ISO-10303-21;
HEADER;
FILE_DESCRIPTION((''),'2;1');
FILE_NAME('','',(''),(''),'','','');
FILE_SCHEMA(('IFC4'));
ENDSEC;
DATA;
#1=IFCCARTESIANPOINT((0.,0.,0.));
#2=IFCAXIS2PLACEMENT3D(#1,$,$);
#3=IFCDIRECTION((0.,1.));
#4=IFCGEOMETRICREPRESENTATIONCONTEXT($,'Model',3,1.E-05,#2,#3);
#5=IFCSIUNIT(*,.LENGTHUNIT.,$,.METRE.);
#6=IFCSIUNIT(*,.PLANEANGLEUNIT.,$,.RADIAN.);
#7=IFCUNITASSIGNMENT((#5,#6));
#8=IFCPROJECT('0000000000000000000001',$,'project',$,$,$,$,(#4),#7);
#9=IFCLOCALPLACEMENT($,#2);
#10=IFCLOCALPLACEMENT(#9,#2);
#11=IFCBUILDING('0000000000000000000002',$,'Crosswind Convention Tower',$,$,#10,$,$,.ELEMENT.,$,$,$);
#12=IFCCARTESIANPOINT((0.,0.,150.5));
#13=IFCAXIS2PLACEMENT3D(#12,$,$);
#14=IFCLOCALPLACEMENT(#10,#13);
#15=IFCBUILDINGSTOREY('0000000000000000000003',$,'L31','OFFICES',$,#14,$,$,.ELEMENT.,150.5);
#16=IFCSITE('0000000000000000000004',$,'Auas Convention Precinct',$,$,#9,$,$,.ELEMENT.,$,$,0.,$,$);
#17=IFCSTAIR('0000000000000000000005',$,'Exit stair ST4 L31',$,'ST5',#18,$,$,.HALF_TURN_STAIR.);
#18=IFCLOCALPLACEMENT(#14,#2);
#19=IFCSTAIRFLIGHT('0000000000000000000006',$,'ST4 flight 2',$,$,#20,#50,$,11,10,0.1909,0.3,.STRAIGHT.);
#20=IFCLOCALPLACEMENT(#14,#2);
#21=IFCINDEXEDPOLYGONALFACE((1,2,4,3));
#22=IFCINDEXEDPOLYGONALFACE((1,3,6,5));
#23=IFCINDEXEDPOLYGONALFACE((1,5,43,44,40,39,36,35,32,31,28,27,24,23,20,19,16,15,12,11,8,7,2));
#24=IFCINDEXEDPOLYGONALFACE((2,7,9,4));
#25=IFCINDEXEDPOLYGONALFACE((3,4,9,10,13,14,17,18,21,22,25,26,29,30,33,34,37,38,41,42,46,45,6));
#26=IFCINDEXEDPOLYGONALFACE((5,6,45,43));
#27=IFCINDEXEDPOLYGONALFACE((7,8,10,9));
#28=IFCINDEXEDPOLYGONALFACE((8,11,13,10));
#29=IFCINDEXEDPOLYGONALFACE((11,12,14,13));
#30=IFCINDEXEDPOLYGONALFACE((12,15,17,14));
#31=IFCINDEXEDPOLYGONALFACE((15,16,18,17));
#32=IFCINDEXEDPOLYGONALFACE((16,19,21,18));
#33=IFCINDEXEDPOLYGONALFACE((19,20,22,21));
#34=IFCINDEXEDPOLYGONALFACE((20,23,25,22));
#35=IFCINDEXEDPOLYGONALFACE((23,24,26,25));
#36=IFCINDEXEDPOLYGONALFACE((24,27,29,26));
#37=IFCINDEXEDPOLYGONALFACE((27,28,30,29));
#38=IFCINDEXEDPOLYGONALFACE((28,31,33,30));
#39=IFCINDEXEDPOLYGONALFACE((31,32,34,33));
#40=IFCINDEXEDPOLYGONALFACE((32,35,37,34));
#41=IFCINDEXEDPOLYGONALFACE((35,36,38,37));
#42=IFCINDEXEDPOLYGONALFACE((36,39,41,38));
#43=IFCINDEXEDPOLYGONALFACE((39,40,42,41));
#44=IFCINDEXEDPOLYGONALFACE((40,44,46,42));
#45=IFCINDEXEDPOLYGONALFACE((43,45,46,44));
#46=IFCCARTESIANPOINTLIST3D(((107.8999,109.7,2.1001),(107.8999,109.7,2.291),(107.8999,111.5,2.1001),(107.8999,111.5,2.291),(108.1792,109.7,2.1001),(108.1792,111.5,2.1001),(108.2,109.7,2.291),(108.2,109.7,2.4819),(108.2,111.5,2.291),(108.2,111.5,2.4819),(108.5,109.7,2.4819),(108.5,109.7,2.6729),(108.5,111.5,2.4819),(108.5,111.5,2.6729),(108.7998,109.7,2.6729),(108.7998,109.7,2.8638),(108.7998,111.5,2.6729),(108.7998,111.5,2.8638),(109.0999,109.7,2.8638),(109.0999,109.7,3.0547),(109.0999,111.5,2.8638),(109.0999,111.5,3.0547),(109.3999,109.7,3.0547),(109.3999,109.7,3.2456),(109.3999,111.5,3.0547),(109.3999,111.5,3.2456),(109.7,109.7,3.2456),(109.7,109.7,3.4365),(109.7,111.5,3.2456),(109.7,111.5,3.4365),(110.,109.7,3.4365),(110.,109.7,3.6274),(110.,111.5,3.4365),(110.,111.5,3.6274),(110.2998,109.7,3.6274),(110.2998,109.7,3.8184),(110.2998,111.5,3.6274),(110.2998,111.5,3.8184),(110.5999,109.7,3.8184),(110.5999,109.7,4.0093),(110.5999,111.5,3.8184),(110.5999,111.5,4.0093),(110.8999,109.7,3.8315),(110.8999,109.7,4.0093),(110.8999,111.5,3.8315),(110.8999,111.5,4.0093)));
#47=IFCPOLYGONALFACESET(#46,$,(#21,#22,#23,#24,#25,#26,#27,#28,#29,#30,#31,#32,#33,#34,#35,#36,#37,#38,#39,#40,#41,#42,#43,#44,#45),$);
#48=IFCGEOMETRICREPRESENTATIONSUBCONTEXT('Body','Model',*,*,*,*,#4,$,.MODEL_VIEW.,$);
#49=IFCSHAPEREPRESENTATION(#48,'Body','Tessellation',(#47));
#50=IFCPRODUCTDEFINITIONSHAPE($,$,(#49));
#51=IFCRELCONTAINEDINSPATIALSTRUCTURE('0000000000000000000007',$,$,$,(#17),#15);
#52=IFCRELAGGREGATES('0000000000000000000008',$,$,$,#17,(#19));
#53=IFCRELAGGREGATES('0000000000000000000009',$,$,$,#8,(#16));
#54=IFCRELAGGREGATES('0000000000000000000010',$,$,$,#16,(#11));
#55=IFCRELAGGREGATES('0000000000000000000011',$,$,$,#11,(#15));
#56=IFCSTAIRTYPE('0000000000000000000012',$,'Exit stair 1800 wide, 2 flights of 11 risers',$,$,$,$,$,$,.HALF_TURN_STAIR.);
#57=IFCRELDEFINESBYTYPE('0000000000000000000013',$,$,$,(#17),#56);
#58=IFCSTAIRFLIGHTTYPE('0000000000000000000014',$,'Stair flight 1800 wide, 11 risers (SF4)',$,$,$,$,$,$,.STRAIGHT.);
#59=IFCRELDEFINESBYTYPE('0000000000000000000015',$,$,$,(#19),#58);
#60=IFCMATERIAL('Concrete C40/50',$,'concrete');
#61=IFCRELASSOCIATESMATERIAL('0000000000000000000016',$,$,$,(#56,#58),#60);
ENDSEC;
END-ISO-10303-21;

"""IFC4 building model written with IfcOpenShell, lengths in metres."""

from ifc_helpers import new_model, si_unit, direction, frame, origin, place, context, subcontext, project, spatial, polyline, outline, extrude, material, type_object, element, aggregate, save


model = new_model("IFC4")

# Units and contexts
model_context = context("Model", 3, precision=1e-05, world=origin(), true_north=direction((0.0, 1.0)))
body_context = subcontext(model_context, "Body", "Model", "MODEL_VIEW")
ifc_project = project(units=[si_unit("LENGTHUNIT", "METRE"), si_unit("PLANEANGLEUNIT", "RADIAN")], contexts=[model_context])

# Site, building, storey
site_placement = place(None, origin())
site = spatial("IfcSite", under=ifc_project, at=site_placement, Name="Auas Convention Precinct", CompositionType="ELEMENT", RefElevation=0.0)
building_placement = place(site_placement, origin())
building = spatial("IfcBuilding", under=site, at=building_placement, Name="Crosswind Convention Tower", CompositionType="ELEMENT")
storey_placement = place(building_placement, frame((0.0, 0.0, 150.5)))
storey = spatial("IfcBuildingStorey", under=building, at=storey_placement, Name="L31", Description="OFFICES", CompositionType="ELEMENT", Elevation=150.5)

# Stair, stair flight
ifc_material_1 = material(Name="Concrete C40/50", Category="concrete")
stair_type = type_object("IfcStairType", Name="Exit stair 1800 wide, 2 flights of 11 risers", PredefinedType="HALF_TURN_STAIR", material=ifc_material_1)
stair_placement = place(storey_placement, origin())
stair = element("IfcStair", 1, at=stair_placement, inside=storey, type_object=stair_type, Name="Exit stair ST4 L31", ObjectType="ST5", PredefinedType="HALF_TURN_STAIR")
stair_flight_type = type_object("IfcStairFlightType", Name="Stair flight 1800 wide, 11 risers (SF4)", PredefinedType="STRAIGHT", material=ifc_material_1)
stair_flight_1_placement = place(storey_placement, frame((107.8999, 110.6001, 2.1001), z_axis=(0.0, 0.0, 1.0), x_axis=(1.0, 0.0, 0.0)))
stair_flight_1 = element("IfcStairFlight", 2, at=stair_flight_1_placement, type_object=stair_flight_type, Name="ST4 flight 2", NumberOfRisers=11, NumberOfTreads=10, PredefinedType="STRAIGHT", RiserHeight=0.1909, TreadLength=0.3, context=body_context, shape_type="SweptSolid", body=[
    extrude(outline(polyline([(0.0, 0.0), (0.0, 0.1909), (0.3, 0.1909), (0.3, 0.3818), (0.6001, 0.3818), (0.6001, 0.5728), (0.8999, 0.5728), (0.8999, 0.7637), (1.2, 0.7637), (1.2, 0.9546), (1.5, 0.9546), (1.5, 1.1455), (1.8, 1.1455), (1.8, 1.3364), (2.1001, 1.3364), (2.1001, 1.5273), (2.3999, 1.5273), (2.3999, 1.7183), (2.7, 1.7183), (2.7, 1.9092), (3.0, 1.9092), (3.0, 2.1001), (3.0, 1.7314), (0.2793, 0.0), (0.0, 0.0)])), frame((0.0, 0.8999, 0.0), z_axis=(0.0, -1.0, 0.0), x_axis=(1.0, 0.0, 0.0)), (0.0, 0.0, 1.0), 1.8),
])
aggregate(stair, [stair_flight_1])

save(model, "model.ifc")
